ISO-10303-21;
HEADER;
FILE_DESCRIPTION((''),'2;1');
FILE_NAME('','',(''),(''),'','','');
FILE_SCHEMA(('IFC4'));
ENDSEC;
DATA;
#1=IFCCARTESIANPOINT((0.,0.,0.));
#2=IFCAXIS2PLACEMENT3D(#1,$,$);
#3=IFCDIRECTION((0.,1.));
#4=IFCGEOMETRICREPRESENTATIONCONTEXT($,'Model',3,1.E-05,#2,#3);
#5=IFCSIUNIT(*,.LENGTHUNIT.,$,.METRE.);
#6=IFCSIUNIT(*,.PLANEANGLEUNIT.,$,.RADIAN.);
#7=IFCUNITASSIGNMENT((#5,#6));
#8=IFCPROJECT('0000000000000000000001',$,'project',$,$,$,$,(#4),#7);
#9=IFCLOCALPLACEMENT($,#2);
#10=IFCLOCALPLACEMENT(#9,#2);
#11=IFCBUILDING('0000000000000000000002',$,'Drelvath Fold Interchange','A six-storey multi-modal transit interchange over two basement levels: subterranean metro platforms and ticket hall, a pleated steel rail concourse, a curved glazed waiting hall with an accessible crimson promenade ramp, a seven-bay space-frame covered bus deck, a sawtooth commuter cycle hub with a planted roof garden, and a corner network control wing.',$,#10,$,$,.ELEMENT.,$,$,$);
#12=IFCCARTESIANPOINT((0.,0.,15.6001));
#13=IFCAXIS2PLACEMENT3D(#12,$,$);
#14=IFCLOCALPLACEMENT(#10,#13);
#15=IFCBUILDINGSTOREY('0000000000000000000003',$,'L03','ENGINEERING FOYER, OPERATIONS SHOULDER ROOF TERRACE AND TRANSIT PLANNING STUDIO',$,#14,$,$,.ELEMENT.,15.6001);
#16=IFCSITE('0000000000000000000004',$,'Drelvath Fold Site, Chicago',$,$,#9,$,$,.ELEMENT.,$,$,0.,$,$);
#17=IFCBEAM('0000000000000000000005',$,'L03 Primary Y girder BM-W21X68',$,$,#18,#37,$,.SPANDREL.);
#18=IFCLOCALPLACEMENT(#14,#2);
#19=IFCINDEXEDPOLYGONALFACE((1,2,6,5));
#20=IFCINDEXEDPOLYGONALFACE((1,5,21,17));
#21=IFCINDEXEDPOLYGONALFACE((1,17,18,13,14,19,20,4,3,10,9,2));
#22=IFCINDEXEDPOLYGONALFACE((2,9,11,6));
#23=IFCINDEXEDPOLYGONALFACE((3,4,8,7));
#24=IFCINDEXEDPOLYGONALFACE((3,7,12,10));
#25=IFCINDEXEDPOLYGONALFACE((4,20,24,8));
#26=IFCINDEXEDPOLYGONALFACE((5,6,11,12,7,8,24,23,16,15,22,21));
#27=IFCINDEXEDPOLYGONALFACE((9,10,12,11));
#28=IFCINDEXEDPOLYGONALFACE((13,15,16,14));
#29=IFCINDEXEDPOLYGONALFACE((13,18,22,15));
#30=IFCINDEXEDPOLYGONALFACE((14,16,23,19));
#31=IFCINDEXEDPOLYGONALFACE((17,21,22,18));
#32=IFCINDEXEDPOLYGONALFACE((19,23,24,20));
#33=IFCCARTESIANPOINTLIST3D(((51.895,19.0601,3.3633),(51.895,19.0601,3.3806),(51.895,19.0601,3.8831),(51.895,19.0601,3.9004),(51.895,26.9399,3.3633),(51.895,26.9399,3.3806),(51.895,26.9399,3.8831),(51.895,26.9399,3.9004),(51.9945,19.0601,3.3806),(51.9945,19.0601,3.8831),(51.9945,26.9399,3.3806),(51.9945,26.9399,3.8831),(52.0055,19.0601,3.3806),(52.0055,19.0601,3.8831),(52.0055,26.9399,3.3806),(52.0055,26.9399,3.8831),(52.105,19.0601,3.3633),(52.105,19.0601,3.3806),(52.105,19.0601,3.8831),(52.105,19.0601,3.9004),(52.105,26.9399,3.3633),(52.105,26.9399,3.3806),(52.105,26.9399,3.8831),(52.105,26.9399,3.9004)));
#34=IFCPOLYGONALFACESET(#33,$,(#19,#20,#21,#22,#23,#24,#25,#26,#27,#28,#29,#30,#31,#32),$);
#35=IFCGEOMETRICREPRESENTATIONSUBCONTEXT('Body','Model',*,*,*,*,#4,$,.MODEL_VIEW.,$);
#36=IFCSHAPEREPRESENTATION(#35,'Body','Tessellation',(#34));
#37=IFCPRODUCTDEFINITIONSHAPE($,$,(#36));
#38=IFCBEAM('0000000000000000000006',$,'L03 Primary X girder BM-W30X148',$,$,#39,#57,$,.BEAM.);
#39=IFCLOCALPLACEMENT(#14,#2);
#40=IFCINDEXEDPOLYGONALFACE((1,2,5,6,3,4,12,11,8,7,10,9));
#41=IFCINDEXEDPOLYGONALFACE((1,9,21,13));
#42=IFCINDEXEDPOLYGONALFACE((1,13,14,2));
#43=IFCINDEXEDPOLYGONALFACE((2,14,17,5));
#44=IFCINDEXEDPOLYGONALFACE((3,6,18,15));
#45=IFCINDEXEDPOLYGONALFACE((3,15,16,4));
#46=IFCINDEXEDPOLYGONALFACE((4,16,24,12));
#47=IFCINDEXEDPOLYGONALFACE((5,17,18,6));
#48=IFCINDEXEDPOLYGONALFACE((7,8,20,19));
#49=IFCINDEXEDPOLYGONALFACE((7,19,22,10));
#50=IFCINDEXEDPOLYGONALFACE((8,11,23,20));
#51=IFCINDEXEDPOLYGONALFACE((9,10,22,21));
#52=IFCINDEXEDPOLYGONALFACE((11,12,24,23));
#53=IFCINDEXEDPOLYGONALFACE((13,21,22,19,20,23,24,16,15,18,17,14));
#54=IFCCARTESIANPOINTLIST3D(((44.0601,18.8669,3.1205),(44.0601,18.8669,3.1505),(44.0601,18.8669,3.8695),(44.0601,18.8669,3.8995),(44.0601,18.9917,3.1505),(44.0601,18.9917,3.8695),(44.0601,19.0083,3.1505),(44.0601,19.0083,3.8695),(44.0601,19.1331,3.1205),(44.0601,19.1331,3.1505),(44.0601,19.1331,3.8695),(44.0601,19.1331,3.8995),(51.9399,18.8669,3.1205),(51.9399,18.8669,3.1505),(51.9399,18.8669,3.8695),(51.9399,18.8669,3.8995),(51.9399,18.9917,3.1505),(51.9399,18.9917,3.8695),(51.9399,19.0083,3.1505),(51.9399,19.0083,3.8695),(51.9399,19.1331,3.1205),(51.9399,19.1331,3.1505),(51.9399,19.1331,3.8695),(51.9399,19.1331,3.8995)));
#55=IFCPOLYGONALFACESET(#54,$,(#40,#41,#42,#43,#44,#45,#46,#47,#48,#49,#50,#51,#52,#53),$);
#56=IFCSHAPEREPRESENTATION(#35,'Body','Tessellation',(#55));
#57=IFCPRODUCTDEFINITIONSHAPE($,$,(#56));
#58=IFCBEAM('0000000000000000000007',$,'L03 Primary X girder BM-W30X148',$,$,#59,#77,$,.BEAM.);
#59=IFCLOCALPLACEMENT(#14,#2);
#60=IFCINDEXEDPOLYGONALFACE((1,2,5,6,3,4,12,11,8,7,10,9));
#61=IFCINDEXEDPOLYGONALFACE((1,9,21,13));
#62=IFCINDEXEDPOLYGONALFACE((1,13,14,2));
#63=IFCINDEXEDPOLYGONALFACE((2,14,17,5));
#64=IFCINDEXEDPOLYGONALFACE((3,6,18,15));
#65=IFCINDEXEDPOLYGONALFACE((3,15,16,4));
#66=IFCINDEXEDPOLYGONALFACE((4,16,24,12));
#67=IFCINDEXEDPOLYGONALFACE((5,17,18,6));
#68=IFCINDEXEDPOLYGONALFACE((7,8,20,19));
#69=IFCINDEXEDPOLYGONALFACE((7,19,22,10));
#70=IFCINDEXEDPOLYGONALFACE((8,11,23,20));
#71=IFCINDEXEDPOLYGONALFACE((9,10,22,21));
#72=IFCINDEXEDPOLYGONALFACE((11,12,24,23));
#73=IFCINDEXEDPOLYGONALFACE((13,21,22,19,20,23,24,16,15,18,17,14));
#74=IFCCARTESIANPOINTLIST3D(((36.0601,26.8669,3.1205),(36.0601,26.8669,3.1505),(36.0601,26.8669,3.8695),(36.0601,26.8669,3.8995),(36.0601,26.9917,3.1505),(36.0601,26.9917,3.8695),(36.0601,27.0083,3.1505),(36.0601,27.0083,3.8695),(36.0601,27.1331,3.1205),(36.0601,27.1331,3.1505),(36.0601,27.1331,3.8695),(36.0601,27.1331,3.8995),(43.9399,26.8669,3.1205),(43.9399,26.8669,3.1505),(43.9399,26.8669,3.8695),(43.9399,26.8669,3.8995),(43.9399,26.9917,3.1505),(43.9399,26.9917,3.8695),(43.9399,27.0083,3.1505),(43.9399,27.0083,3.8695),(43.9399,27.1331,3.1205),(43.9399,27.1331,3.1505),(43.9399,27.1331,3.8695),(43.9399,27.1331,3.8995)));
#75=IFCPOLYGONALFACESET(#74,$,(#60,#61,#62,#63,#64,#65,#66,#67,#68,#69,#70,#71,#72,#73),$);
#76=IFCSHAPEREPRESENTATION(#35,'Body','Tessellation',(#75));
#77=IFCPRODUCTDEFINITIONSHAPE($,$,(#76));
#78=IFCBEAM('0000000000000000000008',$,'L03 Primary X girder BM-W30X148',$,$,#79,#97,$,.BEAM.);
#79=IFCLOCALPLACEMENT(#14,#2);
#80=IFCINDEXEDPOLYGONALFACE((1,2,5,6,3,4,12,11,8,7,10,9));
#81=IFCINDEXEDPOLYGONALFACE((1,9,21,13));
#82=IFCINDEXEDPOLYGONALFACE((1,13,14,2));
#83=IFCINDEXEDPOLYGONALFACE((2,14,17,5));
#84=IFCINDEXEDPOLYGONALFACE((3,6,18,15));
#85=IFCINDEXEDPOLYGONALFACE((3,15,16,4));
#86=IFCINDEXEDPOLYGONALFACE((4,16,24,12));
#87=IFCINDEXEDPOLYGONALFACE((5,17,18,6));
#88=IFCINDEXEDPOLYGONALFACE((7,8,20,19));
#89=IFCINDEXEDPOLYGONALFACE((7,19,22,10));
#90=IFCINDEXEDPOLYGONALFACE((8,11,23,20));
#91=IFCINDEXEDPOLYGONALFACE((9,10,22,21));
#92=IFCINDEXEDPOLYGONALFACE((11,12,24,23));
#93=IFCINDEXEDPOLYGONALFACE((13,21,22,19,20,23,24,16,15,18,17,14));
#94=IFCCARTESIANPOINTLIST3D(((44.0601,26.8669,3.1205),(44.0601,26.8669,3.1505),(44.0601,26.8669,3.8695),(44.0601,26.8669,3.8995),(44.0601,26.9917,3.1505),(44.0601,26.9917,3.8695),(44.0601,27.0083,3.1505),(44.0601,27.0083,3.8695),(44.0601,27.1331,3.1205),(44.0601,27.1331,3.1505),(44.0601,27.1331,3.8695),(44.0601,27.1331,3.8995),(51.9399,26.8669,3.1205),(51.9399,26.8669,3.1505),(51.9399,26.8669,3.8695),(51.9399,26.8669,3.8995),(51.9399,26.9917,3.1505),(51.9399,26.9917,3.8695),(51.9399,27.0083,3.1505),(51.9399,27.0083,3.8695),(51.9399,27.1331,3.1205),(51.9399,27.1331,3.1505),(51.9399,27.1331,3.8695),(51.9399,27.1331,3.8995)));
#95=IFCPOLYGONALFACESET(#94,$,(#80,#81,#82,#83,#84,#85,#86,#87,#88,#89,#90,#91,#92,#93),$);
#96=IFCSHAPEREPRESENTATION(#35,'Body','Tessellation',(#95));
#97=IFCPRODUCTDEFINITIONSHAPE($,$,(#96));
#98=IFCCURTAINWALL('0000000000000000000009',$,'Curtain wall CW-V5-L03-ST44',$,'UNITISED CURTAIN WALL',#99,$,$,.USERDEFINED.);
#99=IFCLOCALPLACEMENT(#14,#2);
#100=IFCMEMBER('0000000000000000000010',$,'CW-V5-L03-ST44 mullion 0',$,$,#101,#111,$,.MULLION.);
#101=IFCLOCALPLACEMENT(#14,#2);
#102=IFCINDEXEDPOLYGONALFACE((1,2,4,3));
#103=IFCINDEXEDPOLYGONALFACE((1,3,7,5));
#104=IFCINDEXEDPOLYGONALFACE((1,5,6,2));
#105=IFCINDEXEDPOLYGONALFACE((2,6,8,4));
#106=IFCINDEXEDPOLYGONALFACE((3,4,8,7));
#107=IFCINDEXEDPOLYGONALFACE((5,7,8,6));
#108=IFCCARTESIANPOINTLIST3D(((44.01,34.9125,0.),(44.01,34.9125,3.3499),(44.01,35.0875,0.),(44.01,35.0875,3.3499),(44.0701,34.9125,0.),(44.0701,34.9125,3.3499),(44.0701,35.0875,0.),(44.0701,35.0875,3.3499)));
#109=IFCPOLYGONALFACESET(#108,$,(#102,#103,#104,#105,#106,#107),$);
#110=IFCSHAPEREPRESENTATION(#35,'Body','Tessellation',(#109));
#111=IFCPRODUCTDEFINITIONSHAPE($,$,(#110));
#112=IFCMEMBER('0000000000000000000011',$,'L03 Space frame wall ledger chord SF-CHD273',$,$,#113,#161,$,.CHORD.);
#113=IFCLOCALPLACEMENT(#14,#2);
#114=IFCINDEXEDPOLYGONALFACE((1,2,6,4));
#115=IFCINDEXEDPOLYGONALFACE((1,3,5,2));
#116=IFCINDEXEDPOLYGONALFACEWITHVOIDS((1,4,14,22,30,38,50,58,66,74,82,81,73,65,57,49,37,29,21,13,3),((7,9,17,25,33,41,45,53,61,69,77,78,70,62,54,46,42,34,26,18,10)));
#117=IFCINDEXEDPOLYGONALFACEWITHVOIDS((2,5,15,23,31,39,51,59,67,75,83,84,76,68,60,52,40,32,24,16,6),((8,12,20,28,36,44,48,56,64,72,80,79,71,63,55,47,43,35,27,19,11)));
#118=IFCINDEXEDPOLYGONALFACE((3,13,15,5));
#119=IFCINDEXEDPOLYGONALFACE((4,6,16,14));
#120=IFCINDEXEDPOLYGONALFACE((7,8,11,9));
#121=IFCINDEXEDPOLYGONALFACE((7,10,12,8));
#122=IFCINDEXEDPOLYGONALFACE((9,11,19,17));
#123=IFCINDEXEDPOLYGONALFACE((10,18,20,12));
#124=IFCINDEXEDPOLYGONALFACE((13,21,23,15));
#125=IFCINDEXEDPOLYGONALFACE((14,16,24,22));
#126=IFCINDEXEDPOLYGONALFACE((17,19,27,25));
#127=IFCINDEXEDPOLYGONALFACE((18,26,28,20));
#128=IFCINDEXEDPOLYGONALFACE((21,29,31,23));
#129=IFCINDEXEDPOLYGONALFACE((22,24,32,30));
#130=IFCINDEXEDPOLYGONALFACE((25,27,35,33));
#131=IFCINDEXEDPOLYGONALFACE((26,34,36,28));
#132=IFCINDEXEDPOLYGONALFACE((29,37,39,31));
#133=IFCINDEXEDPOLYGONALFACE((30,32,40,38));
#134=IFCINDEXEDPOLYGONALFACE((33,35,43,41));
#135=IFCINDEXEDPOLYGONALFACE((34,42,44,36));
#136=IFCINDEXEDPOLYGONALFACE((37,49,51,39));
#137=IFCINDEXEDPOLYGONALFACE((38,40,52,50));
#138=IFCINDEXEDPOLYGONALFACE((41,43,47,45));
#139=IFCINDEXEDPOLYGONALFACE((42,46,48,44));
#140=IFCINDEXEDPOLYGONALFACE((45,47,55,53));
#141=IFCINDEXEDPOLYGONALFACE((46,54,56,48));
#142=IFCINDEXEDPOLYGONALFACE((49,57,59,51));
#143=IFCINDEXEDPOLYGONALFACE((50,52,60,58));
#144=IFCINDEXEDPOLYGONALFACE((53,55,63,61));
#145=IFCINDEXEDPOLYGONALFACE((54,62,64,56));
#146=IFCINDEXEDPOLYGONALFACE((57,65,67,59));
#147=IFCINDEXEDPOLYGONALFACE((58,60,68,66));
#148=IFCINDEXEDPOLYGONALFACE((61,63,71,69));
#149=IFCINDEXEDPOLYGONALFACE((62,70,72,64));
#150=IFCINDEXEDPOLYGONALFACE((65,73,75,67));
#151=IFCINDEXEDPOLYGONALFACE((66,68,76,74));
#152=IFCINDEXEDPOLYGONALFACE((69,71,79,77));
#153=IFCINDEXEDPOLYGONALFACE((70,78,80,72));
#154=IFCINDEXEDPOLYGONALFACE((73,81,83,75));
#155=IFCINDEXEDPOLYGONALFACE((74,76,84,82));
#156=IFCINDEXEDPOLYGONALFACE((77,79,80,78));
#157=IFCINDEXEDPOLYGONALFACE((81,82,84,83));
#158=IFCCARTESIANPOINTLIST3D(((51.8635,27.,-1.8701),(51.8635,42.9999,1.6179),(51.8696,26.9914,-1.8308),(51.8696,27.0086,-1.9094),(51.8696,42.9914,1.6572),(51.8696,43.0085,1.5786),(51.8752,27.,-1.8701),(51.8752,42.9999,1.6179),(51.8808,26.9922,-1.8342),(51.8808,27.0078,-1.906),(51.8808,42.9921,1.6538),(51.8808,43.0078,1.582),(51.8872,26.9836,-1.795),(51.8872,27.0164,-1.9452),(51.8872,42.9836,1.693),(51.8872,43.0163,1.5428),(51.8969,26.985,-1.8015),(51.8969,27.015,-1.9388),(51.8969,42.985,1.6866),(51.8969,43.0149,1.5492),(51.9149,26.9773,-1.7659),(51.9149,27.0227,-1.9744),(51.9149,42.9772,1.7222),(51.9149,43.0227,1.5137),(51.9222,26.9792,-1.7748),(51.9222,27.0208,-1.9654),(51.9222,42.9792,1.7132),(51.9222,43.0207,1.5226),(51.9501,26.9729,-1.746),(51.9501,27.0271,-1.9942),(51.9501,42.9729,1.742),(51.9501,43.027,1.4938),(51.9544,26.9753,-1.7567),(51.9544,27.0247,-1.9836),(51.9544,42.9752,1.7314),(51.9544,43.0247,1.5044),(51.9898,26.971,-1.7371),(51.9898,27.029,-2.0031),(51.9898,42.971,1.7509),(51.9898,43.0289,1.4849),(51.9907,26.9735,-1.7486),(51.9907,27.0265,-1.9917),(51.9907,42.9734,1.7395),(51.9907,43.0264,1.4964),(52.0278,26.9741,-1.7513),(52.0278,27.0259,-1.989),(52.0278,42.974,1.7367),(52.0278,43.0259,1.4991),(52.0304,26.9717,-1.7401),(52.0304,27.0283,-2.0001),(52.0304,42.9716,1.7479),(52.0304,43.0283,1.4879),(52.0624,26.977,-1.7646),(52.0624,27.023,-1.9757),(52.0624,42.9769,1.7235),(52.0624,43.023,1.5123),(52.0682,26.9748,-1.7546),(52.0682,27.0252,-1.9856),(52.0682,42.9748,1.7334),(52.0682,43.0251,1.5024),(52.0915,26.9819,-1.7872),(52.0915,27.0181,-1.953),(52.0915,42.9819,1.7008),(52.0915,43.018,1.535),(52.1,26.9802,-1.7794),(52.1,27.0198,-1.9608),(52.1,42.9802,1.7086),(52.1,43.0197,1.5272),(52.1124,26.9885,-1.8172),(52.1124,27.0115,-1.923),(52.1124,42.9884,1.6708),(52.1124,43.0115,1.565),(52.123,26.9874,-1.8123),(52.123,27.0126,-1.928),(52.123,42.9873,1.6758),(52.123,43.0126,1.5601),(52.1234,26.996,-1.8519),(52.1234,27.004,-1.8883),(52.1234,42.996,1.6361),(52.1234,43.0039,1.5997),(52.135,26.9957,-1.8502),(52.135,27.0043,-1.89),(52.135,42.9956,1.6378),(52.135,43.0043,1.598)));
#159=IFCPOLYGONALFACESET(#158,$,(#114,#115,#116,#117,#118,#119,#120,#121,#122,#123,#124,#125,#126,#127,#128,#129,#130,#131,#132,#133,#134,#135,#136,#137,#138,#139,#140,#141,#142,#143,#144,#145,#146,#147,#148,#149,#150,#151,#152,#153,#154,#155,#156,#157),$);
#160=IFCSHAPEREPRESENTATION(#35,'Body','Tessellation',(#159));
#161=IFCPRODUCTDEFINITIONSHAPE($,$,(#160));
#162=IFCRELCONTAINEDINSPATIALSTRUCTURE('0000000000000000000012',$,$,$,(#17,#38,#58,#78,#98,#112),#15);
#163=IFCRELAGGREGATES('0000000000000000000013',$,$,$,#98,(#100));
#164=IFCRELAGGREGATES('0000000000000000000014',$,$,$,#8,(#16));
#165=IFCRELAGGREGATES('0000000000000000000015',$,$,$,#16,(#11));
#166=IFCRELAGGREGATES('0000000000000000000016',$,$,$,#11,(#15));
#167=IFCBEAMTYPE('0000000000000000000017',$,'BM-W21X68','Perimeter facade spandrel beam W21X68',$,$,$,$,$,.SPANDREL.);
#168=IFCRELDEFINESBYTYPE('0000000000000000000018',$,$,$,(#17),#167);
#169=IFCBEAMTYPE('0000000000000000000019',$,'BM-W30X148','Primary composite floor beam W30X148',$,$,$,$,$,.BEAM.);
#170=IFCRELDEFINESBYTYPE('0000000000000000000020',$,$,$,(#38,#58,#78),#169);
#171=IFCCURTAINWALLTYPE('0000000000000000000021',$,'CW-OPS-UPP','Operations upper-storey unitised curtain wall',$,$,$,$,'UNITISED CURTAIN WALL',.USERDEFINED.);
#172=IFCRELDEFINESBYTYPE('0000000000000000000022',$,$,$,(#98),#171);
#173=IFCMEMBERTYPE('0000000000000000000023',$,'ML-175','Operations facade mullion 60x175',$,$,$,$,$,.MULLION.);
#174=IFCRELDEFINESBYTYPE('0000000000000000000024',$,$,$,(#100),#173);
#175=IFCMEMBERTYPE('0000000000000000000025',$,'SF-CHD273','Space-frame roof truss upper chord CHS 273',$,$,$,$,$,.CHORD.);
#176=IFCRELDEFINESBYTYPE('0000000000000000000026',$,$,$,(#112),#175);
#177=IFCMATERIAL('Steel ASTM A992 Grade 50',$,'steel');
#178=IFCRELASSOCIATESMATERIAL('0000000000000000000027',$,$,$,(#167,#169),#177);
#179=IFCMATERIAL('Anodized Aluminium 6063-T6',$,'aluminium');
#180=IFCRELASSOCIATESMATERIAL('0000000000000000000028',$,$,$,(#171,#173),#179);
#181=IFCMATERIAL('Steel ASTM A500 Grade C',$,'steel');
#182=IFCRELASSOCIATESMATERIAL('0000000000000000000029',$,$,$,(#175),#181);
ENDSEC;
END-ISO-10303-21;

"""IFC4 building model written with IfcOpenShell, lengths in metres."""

from ifc_helpers import new_model, si_unit, direction, frame, origin, origin_2d, place, context, subcontext, project, spatial, rectangle, hollow_circle, i_section, extrude, material, material_profile, profile_set, type_object, element, aggregate, save


model = new_model("IFC4")

# Units and contexts
model_context = context("Model", 3, precision=1e-05, world=origin(), true_north=direction((0.0, 1.0)))
body_context = subcontext(model_context, "Body", "Model", "MODEL_VIEW")
ifc_project = project(units=[si_unit("LENGTHUNIT", "METRE"), si_unit("PLANEANGLEUNIT", "RADIAN")], contexts=[model_context])

# Site, building, storey
site_placement = place(None, origin())
site = spatial("IfcSite", under=ifc_project, at=site_placement, Name="Drelvath Fold Site, Chicago", CompositionType="ELEMENT", RefElevation=0.0)
building_placement = place(site_placement, origin())
building = spatial("IfcBuilding", under=site, at=building_placement, Name="Drelvath Fold Interchange", Description="A six-storey multi-modal transit interchange over two basement levels: subterranean metro platforms and ticket hall, a pleated steel rail concourse, a curved glazed waiting hall with an accessible crimson promenade ramp, a seven-bay space-frame covered bus deck, a sawtooth commuter cycle hub with a planted roof garden, and a corner network control wing.", CompositionType="ELEMENT")
storey_placement = place(building_placement, frame((0.0, 0.0, 15.6001)))
storey = spatial("IfcBuildingStorey", under=building, at=storey_placement, Name="L03", Description="ENGINEERING FOYER, OPERATIONS SHOULDER ROOF TERRACE AND TRANSIT PLANNING STUDIO", CompositionType="ELEMENT", Elevation=15.6001)

# Shared definitions
ifc_material_1 = material(Name="Steel ASTM A992 Grade 50", Category="steel")

# Beams
ifc_material_profile_1 = material_profile(ifc_material_1, i_section(OverallWidth=0.21, OverallDepth=0.5371, WebThickness=0.011, FlangeThickness=0.0173, at=origin_2d()), Name="W21X68")
ifc_profile_set_1 = profile_set([ifc_material_profile_1], Name="Steel ASTM A992 Grade 50")
beam_type_1 = type_object("IfcBeamType", Name="BM-W21X68", Description="Perimeter facade spandrel beam W21X68", PredefinedType="SPANDREL", material=ifc_profile_set_1)
for number, where, z_axis, x_axis, name in (
    (1, (52.0, 19.0601, 3.6318), (0.0, 1.0, 0.0), (-1.0, 0.0, 0.0), "L03 Primary Y girder BM-W21X68"),
):
    element("IfcBeam", number, at=place(storey_placement, frame(where, z_axis=z_axis, x_axis=x_axis)), inside=storey, type_object=beam_type_1, Name=name, PredefinedType="SPANDREL", context=body_context, shape_type="SweptSolid", body=[
        extrude(i_section(OverallWidth=0.21, OverallDepth=0.5371, WebThickness=0.011, FlangeThickness=0.0173, at=origin_2d()), origin(), (0.0, 0.0, 1.0), 7.8799),
    ])
ifc_material_profile_2 = material_profile(ifc_material_1, i_section(OverallWidth=0.2661, OverallDepth=0.7791, WebThickness=0.0166, FlangeThickness=0.03, at=origin_2d()), Name="W30X148")
ifc_profile_set_2 = profile_set([ifc_material_profile_2], Name="Steel ASTM A992 Grade 50")
beam_type_2 = type_object("IfcBeamType", Name="BM-W30X148", Description="Primary composite floor beam W30X148", PredefinedType="BEAM", material=ifc_profile_set_2)
for number, where, z_axis, x_axis, name in (
    (2, (44.0601, 19.0, 3.51), (1.0, 0.0, 0.0), (0.0, 1.0, 0.0), "L03 Primary X girder BM-W30X148"),
    (3, (36.0601, 27.0, 3.51), (1.0, 0.0, 0.0), (0.0, 1.0, 0.0), "L03 Primary X girder BM-W30X148"),
    (4, (44.0601, 27.0, 3.51), (1.0, 0.0, 0.0), (0.0, 1.0, 0.0), "L03 Primary X girder BM-W30X148"),
):
    element("IfcBeam", number, at=place(storey_placement, frame(where, z_axis=z_axis, x_axis=x_axis)), inside=storey, type_object=beam_type_2, Name=name, PredefinedType="BEAM", context=body_context, shape_type="SweptSolid", body=[
        extrude(i_section(OverallWidth=0.2661, OverallDepth=0.7791, WebThickness=0.0166, FlangeThickness=0.03, at=origin_2d()), origin(), (0.0, 0.0, 1.0), 7.8799),
    ])

# Curtain wall, member
ifc_material_2 = material(Name="Anodized Aluminium 6063-T6", Category="aluminium")
curtain_wall_type = type_object("IfcCurtainWallType", Name="CW-OPS-UPP", Description="Operations upper-storey unitised curtain wall", ElementType="UNITISED CURTAIN WALL", PredefinedType="USERDEFINED", material=ifc_material_2)
curtain_wall_placement = place(storey_placement, origin())
curtain_wall = element("IfcCurtainWall", 5, at=curtain_wall_placement, inside=storey, type_object=curtain_wall_type, Name="Curtain wall CW-V5-L03-ST44", ObjectType="UNITISED CURTAIN WALL", PredefinedType="USERDEFINED")
ifc_material_profile_3 = material_profile(ifc_material_2, rectangle(XDim=0.0601, YDim=0.175, at=origin_2d()), Name="AL-M 60x175")
ifc_profile_set_3 = profile_set([ifc_material_profile_3], Name="Anodized Aluminium 6063-T6")
member_type_1 = type_object("IfcMemberType", Name="ML-175", Description="Operations facade mullion 60x175", PredefinedType="MULLION", material=ifc_profile_set_3)
member_1_placement = place(storey_placement, frame((44.04, 35.0, 0.0), z_axis=(0.0, 0.0, 1.0), x_axis=(1.0, 0.0, 0.0)))
member_1 = element("IfcMember", 6, at=member_1_placement, type_object=member_type_1, Name="CW-V5-L03-ST44 mullion 0", PredefinedType="MULLION", context=body_context, shape_type="SweptSolid", body=[
    extrude(rectangle(XDim=0.0601, YDim=0.175, at=origin_2d()), origin(), (0.0, 0.0, 1.0), 3.3499),
])

# Member
ifc_material_3 = material(Name="Steel ASTM A500 Grade C", Category="steel")
ifc_material_profile_4 = material_profile(ifc_material_3, hollow_circle(Radius=0.1365, WallThickness=0.0117, at=origin_2d()), Name="HSS10.750X0.500")
ifc_profile_set_4 = profile_set([ifc_material_profile_4], Name="Steel ASTM A500 Grade C")
member_type_2 = type_object("IfcMemberType", Name="SF-CHD273", Description="Space-frame roof truss upper chord CHS 273", PredefinedType="CHORD", material=ifc_profile_set_4)
for number, where, z_axis, x_axis, name in (
    (7, (52.0, 27.0, -1.8701), (0.0, 0.977052, 0.213), (-1.0, 0.0, 0.0), "L03 Space frame wall ledger chord SF-CHD273"),
):
    element("IfcMember", number, at=place(storey_placement, frame(where, z_axis=z_axis, x_axis=x_axis)), inside=storey, type_object=member_type_2, Name=name, PredefinedType="CHORD", context=body_context, shape_type="SweptSolid", body=[
        extrude(hollow_circle(Radius=0.1365, WallThickness=0.0117, at=origin_2d()), origin(), (0.0, 0.0, 1.0), 16.3757),
    ])

aggregate(curtain_wall, [member_1])

save(model, "model.ifc")
